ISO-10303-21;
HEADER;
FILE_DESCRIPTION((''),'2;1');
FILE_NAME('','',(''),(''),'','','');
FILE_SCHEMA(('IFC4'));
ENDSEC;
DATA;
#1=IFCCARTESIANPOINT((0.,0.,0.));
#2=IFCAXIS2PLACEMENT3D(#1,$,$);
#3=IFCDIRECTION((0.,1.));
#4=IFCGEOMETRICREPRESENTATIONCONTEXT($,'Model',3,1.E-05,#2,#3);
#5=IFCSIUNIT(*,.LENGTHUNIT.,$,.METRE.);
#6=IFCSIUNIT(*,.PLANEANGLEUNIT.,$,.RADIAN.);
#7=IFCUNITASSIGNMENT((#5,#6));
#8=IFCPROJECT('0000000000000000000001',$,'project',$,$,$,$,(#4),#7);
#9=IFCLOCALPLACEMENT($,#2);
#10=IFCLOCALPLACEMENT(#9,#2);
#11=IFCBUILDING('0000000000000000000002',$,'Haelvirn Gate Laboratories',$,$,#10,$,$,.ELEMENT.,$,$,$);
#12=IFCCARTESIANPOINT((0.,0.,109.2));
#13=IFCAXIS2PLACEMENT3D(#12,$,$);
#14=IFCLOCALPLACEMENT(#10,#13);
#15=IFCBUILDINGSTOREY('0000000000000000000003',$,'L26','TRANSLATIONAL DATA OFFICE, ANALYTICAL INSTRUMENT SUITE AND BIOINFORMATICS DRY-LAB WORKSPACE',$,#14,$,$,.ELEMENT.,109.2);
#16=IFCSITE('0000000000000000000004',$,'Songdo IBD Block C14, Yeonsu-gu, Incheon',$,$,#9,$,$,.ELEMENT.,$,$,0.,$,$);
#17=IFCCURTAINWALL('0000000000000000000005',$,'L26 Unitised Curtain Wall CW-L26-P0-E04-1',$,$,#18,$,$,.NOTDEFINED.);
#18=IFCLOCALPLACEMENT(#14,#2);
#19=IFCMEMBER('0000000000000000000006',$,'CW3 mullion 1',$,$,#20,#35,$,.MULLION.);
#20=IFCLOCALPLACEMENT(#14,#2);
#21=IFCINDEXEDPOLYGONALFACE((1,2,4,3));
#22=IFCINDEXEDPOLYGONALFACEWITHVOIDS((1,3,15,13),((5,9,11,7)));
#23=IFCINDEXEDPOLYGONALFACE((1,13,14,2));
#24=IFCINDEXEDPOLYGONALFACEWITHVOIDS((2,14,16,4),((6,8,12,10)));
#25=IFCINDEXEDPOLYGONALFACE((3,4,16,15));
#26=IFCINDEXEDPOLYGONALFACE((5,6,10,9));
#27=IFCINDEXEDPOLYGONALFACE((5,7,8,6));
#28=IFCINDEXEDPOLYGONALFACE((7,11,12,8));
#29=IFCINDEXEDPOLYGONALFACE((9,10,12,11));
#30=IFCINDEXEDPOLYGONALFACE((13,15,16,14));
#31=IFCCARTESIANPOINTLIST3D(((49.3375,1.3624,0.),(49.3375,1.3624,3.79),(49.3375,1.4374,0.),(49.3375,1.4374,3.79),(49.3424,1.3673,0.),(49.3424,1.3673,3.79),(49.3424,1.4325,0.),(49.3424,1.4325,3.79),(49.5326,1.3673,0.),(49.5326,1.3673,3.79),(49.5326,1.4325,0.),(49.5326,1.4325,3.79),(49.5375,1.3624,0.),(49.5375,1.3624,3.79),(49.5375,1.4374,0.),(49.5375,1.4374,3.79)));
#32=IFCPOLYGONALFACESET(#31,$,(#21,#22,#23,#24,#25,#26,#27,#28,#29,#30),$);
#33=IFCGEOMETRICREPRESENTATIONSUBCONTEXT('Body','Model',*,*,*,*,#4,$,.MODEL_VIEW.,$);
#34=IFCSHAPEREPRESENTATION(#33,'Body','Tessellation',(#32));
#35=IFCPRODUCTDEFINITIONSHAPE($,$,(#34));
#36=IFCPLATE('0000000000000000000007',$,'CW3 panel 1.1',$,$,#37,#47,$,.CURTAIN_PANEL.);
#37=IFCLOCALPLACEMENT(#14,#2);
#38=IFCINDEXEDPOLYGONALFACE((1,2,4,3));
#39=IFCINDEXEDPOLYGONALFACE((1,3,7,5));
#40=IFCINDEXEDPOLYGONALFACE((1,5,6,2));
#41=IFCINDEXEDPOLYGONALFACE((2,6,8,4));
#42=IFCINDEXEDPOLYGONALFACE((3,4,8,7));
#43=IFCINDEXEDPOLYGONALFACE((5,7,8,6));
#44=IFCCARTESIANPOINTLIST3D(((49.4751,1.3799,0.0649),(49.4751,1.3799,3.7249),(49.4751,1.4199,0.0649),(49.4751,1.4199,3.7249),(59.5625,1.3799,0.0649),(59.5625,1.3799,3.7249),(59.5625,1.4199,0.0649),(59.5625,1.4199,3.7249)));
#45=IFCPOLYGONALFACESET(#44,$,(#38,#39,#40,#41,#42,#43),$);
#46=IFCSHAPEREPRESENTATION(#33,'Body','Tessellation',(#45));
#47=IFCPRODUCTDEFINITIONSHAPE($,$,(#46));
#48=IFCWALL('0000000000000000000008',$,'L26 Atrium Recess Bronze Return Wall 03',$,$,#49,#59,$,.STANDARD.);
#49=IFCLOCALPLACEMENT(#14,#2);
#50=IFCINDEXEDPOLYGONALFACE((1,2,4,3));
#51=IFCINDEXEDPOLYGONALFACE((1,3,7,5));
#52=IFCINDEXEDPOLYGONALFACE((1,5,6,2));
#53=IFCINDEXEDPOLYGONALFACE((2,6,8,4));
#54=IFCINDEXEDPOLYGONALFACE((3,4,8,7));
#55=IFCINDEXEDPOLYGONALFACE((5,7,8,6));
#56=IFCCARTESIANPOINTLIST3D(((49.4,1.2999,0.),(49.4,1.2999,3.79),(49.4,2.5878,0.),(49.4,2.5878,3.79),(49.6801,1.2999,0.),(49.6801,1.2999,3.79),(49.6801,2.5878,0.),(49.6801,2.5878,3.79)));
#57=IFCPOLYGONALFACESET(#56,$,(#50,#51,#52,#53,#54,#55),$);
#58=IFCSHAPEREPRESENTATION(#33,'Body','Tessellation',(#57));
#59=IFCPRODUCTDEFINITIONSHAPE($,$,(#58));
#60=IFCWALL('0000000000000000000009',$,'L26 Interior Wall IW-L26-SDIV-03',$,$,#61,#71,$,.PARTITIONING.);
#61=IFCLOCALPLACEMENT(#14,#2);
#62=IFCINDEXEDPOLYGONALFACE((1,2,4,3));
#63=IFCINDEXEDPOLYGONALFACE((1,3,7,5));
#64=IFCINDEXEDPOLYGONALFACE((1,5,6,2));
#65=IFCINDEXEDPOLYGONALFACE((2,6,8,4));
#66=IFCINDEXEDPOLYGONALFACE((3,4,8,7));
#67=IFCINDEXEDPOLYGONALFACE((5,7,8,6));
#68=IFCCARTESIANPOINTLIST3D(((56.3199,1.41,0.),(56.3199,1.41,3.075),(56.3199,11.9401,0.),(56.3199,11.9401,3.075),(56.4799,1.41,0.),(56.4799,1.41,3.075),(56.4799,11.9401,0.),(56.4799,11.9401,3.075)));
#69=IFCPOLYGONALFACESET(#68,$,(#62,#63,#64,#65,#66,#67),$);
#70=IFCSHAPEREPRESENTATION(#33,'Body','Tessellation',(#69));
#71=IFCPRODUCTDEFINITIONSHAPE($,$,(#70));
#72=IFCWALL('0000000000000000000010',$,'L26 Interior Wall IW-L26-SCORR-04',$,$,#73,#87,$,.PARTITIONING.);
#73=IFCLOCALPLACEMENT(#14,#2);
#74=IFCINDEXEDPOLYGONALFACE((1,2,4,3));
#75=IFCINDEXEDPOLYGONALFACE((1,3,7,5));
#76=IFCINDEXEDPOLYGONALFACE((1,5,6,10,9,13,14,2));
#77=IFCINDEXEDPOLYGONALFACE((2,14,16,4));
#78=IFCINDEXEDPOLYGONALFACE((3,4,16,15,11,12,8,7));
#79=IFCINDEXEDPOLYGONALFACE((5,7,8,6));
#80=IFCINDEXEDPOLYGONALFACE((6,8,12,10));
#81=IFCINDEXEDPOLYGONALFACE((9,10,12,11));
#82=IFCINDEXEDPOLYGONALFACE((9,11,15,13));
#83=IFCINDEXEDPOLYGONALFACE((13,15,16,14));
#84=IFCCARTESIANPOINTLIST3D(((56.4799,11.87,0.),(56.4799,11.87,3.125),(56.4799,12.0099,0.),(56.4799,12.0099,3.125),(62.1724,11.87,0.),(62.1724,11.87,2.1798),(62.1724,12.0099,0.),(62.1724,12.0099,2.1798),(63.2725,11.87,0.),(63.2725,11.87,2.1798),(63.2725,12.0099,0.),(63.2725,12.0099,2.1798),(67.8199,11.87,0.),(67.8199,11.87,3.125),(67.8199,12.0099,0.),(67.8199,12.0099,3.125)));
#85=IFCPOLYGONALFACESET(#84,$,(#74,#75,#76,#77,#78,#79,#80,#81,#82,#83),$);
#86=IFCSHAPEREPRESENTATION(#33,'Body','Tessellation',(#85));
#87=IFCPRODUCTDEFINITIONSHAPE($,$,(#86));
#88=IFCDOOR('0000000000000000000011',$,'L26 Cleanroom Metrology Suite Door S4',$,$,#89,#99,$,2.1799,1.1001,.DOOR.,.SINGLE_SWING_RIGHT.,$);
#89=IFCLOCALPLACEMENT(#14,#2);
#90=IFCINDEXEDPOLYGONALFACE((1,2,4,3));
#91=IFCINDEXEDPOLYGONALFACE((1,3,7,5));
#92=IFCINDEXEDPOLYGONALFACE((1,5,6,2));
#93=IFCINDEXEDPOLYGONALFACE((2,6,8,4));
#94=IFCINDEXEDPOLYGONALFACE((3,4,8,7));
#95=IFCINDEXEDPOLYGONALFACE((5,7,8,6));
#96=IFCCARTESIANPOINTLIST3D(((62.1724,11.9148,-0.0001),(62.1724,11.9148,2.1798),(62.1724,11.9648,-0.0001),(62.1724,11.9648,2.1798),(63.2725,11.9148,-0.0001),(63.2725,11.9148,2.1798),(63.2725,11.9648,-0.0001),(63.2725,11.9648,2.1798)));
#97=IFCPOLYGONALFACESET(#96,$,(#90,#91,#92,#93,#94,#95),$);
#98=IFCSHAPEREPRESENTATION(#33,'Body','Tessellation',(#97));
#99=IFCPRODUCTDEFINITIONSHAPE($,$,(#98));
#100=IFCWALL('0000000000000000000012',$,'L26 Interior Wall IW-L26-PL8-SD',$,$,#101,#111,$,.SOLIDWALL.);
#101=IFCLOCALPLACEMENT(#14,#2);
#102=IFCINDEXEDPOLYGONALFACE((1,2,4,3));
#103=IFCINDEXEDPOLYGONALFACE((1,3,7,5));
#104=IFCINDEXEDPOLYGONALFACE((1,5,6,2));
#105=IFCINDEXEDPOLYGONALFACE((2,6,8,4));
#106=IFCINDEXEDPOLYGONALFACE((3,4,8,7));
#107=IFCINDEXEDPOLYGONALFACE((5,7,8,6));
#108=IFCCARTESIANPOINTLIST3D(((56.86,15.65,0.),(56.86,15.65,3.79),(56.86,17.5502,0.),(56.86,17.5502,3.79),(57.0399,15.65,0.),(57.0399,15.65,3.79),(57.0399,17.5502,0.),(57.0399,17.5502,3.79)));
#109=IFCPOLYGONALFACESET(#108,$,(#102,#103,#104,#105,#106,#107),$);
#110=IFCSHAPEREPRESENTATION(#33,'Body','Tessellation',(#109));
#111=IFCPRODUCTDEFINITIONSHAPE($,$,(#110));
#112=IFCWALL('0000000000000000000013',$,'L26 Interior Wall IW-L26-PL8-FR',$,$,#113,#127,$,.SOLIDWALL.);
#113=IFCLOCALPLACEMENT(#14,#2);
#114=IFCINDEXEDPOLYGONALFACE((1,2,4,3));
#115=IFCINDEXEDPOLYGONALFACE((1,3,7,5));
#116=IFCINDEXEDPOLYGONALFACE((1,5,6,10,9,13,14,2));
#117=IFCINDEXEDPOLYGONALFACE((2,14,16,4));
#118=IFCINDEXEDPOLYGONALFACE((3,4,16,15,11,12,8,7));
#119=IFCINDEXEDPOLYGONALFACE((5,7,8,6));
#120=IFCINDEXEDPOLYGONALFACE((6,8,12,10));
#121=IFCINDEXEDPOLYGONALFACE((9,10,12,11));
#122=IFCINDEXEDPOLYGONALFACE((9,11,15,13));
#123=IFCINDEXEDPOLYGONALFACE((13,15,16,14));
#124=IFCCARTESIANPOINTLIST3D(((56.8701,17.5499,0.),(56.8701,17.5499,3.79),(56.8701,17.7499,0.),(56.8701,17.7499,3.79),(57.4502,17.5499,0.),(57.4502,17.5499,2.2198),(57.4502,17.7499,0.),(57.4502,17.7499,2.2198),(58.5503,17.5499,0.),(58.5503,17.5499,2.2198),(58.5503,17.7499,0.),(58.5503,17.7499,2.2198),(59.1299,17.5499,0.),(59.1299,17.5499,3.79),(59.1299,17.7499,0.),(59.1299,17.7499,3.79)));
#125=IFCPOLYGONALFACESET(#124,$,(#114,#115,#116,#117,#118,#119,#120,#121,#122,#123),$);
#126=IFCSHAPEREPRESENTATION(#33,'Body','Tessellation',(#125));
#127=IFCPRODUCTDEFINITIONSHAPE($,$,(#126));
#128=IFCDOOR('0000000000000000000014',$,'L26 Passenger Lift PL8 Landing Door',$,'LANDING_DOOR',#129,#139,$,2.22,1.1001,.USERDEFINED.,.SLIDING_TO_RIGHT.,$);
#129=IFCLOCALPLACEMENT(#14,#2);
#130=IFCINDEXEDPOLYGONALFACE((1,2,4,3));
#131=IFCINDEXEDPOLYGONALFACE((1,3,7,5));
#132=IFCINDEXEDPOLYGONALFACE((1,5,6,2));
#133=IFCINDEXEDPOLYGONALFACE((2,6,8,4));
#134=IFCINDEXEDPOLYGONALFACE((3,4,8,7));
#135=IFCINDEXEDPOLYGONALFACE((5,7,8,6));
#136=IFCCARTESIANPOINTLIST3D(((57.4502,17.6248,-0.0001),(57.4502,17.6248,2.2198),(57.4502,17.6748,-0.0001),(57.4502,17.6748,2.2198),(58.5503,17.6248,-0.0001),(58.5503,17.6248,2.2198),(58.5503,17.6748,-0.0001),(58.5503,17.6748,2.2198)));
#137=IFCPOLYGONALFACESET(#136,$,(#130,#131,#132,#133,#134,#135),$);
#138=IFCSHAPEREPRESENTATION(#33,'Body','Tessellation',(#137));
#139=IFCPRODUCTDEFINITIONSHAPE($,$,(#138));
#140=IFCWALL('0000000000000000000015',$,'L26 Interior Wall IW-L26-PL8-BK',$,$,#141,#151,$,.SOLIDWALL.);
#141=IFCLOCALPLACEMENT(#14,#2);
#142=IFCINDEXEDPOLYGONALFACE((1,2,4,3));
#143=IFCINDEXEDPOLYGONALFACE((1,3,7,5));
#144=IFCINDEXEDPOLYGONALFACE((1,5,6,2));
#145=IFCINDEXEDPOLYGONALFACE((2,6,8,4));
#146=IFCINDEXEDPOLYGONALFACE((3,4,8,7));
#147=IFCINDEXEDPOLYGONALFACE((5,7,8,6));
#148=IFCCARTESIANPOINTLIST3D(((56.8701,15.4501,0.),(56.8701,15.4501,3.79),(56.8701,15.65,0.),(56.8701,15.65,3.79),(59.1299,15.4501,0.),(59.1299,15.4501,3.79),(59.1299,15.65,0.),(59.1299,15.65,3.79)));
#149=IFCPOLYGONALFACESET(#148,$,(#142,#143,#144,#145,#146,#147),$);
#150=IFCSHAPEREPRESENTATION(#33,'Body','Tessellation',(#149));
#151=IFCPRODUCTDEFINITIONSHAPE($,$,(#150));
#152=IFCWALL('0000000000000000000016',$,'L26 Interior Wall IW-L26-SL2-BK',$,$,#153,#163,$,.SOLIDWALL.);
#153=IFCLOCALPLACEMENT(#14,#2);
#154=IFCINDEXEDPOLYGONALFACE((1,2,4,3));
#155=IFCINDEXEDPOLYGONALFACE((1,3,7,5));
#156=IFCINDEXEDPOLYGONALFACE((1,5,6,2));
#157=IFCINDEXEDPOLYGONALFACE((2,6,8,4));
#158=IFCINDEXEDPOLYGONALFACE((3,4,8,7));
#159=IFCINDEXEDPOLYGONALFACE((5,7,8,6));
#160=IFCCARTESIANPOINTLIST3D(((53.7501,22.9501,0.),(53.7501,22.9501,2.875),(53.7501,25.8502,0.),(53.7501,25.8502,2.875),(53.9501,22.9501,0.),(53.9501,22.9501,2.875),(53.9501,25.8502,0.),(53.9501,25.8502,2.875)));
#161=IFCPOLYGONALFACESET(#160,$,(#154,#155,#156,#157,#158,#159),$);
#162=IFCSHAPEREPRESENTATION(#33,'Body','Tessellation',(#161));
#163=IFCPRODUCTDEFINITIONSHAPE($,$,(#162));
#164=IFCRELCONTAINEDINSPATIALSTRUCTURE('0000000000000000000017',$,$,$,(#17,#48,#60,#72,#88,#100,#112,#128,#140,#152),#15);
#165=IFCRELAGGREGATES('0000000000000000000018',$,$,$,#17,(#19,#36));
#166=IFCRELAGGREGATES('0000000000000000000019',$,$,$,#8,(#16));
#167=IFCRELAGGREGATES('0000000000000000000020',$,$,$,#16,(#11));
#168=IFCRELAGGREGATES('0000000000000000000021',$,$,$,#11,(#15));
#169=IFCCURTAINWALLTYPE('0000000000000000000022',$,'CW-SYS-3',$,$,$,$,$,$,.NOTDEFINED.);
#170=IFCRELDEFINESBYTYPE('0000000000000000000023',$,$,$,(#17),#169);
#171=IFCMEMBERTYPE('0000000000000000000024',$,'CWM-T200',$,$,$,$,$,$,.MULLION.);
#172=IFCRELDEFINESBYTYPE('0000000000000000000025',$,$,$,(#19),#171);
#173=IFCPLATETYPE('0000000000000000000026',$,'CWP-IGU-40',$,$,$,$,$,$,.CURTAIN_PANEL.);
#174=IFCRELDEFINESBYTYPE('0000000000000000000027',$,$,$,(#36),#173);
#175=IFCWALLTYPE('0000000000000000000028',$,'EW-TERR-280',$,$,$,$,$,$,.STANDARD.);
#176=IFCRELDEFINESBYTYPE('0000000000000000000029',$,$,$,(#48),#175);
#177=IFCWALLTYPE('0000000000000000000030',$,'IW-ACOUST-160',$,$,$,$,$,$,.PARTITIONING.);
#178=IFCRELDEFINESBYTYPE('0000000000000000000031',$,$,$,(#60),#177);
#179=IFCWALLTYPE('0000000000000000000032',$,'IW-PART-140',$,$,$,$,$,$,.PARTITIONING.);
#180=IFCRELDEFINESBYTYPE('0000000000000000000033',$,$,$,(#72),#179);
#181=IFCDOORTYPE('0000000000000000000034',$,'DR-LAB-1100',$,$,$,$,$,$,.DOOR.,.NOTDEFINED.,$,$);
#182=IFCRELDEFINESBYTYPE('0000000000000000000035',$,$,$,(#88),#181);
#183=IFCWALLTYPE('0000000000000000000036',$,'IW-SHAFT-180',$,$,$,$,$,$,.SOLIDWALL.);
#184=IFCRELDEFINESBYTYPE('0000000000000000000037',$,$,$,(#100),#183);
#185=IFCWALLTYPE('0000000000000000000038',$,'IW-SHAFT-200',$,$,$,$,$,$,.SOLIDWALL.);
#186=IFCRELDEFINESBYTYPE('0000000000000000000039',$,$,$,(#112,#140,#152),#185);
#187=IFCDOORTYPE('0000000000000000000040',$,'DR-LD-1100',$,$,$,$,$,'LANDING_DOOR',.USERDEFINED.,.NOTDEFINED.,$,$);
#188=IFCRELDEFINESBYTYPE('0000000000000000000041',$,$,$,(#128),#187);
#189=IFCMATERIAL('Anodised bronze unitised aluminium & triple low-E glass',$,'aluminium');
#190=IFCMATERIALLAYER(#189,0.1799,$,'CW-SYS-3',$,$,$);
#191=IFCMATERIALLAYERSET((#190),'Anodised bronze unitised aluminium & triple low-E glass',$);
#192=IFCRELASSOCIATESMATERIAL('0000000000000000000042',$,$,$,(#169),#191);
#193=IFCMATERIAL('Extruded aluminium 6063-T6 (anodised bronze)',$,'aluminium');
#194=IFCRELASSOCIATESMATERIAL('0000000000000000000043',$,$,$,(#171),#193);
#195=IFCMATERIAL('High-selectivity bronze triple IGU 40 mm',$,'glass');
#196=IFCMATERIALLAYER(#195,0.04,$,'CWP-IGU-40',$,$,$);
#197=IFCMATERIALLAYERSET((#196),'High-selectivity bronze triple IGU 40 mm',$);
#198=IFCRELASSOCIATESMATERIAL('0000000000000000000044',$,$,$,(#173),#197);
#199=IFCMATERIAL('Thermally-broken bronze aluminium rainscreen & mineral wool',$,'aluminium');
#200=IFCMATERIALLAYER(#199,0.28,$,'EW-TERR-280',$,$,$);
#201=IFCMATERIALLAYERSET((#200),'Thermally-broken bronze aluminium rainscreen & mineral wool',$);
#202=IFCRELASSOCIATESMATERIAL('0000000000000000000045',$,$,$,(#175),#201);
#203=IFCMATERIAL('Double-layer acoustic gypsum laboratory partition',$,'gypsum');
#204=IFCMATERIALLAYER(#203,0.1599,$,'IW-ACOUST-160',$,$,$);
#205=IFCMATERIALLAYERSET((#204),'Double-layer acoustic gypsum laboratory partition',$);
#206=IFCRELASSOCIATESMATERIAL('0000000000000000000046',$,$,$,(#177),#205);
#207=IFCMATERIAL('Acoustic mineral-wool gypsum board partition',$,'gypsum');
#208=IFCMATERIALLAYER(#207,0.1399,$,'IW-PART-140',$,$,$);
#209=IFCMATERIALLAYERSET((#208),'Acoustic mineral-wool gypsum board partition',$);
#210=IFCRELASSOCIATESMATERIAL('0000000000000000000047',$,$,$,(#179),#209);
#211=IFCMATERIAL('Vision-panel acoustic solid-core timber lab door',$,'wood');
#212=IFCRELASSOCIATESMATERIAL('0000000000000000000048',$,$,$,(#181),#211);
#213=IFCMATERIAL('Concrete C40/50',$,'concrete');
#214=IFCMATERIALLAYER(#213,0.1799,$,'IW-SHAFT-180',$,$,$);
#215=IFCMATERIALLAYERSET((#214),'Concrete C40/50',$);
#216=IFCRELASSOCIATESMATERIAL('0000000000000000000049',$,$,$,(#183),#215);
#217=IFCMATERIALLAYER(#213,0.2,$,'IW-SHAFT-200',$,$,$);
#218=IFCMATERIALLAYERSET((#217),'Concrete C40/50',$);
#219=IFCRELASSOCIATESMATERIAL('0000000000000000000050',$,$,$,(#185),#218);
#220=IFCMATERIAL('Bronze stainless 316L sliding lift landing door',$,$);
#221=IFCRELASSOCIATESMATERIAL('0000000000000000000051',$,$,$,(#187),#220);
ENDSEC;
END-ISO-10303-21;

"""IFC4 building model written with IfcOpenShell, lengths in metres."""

from ifc_helpers import new_model, si_unit, direction, frame, frame_2d, origin, origin_2d, place, context, subcontext, project, spatial, rectangle, hollow_rectangle, extrude, source, transform, mapped, material, layer, layer_set, material_profile, profile_set, type_object, type_shapes, element, fill, aggregate, save


model = new_model("IFC4")

# Units and contexts
model_context = context("Model", 3, precision=1e-05, world=origin(), true_north=direction((0.0, 1.0)))
body_context = subcontext(model_context, "Body", "Model", "MODEL_VIEW")
ifc_project = project(units=[si_unit("LENGTHUNIT", "METRE"), si_unit("PLANEANGLEUNIT", "RADIAN")], contexts=[model_context])

# Site, building, storey
site_placement = place(None, origin())
site = spatial("IfcSite", under=ifc_project, at=site_placement, Name="Songdo IBD Block C14, Yeonsu-gu, Incheon", CompositionType="ELEMENT", RefElevation=0.0)
building_placement = place(site_placement, origin())
building = spatial("IfcBuilding", under=site, at=building_placement, Name="Haelvirn Gate Laboratories", CompositionType="ELEMENT")
storey_placement = place(building_placement, frame((0.0, 0.0, 109.2)))
storey = spatial("IfcBuildingStorey", under=building, at=storey_placement, Name="L26", Description="TRANSLATIONAL DATA OFFICE, ANALYTICAL INSTRUMENT SUITE AND BIOINFORMATICS DRY-LAB WORKSPACE", CompositionType="ELEMENT", Elevation=109.2)

# Curtain wall
ifc_material_1 = material(Name="Anodised bronze unitised aluminium & triple low-E glass", Category="aluminium")
ifc_layer_1 = layer(ifc_material_1, 0.1799, Name="CW-SYS-3")
ifc_layer_set_1 = layer_set([ifc_layer_1], Name="Anodised bronze unitised aluminium & triple low-E glass")
curtain_wall_type = type_object("IfcCurtainWallType", Name="CW-SYS-3", PredefinedType="NOTDEFINED", material=ifc_layer_set_1)
curtain_wall_1_placement = place(storey_placement, origin())
curtain_wall_1 = element("IfcCurtainWall", 1, at=curtain_wall_1_placement, inside=storey, type_object=curtain_wall_type, Name="L26 Unitised Curtain Wall CW-L26-P0-E04-1", PredefinedType="NOTDEFINED")
ifc_material_2 = material(Name="Extruded aluminium 6063-T6 (anodised bronze)", Category="aluminium")

# Shared definitions
ifc_material_profile_1 = material_profile(ifc_material_2, hollow_rectangle(XDim=0.075, YDim=0.2, WallThickness=0.0049, at=origin_2d()), Name="CWM-200x75x5")
ifc_profile_set_1 = profile_set([ifc_material_profile_1], Name="Extruded aluminium 6063-T6 (anodised bronze)")
member_type_1 = type_object("IfcMemberType", Name="CWM-T200", PredefinedType="MULLION", material=ifc_profile_set_1)
shared_shape_1 = source(origin(), body_context, "Body", "SweptSolid", [
    extrude(hollow_rectangle(XDim=0.075, YDim=0.2, WallThickness=0.0049, at=origin_2d()), origin(), (0.0, 0.0, 1.0), 3.79),
])
type_shapes(member_type_1, [shared_shape_1])

# Member
member_1_placement = place(storey_placement, frame((49.4375, 1.3999, 0.0), z_axis=(0.0, 0.0, 1.0), x_axis=(0.0, 1.0, 0.0)))
member_1 = element("IfcMember", 2, at=member_1_placement, type_object=member_type_1, Name="CW3 mullion 1", PredefinedType="MULLION", context=body_context, shape_type="MappedRepresentation", body=[
    mapped(shared_shape_1, transform((0.0, 0.0, 0.0), scale=1.0)),
])

# Plate
ifc_material_3 = material(Name="High-selectivity bronze triple IGU 40 mm", Category="glass")
ifc_layer_2 = layer(ifc_material_3, 0.04, Name="CWP-IGU-40")
ifc_layer_set_2 = layer_set([ifc_layer_2], Name="High-selectivity bronze triple IGU 40 mm")
plate_type = type_object("IfcPlateType", Name="CWP-IGU-40", PredefinedType="CURTAIN_PANEL", material=ifc_layer_set_2)
shared_shape_2 = source(origin(), body_context, "Body", "SweptSolid", [
    extrude(rectangle(XDim=10.0874, YDim=0.04, at=origin_2d()), origin(), (0.0, 0.0, 1.0), 3.6599),
])
type_shapes(plate_type, [shared_shape_2])
plate_placement = place(storey_placement, frame((54.5188, 1.3999, 0.0649), z_axis=(0.0, 0.0, 1.0), x_axis=(1.0, 0.0, 0.0)))
plate = element("IfcPlate", 3, at=plate_placement, type_object=plate_type, Name="CW3 panel 1.1", PredefinedType="CURTAIN_PANEL", context=body_context, shape_type="MappedRepresentation", body=[
    mapped(shared_shape_2, transform((0.0, 0.0, 0.0), scale=1.0)),
])
aggregate(curtain_wall_1, [member_1, plate])

# Walls
ifc_material_4 = material(Name="Thermally-broken bronze aluminium rainscreen & mineral wool", Category="aluminium")
ifc_layer_3 = layer(ifc_material_4, 0.28, Name="EW-TERR-280")
ifc_layer_set_3 = layer_set([ifc_layer_3], Name="Thermally-broken bronze aluminium rainscreen & mineral wool")
wall_type_1 = type_object("IfcWallType", Name="EW-TERR-280", PredefinedType="STANDARD", material=ifc_layer_set_3)
wall_1_placement = place(storey_placement, frame((49.54, 2.5879, 0.0), z_axis=(0.0, 0.0, 1.0), x_axis=(0.0, -1.0, 0.0)))
element("IfcWall", 4, at=wall_1_placement, inside=storey, type_object=wall_type_1, Name="L26 Atrium Recess Bronze Return Wall 03", PredefinedType="STANDARD", context=body_context, shape_type="SweptSolid", body=[
    extrude(rectangle(XDim=1.2878, YDim=0.28, at=frame_2d((0.644, 0.0))), origin(), (0.0, 0.0, 1.0), 3.79),
])
ifc_material_5 = material(Name="Double-layer acoustic gypsum laboratory partition", Category="gypsum")
ifc_layer_4 = layer(ifc_material_5, 0.1599, Name="IW-ACOUST-160")
ifc_layer_set_4 = layer_set([ifc_layer_4], Name="Double-layer acoustic gypsum laboratory partition")
wall_type_2 = type_object("IfcWallType", Name="IW-ACOUST-160", PredefinedType="PARTITIONING", material=ifc_layer_set_4)
wall_2_placement = place(storey_placement, frame((56.3999, 1.4099, 0.0), z_axis=(0.0, 0.0, 1.0), x_axis=(0.0, 1.0, 0.0)))
element("IfcWall", 5, at=wall_2_placement, inside=storey, type_object=wall_type_2, Name="L26 Interior Wall IW-L26-SDIV-03", PredefinedType="PARTITIONING", context=body_context, shape_type="SweptSolid", body=[
    extrude(rectangle(XDim=10.53, YDim=0.1599, at=frame_2d((5.2651, 0.0))), origin(), (0.0, 0.0, 1.0), 3.075),
])

# Wall, opening, door
ifc_material_6 = material(Name="Acoustic mineral-wool gypsum board partition", Category="gypsum")
ifc_layer_5 = layer(ifc_material_6, 0.1399, Name="IW-PART-140")
ifc_layer_set_5 = layer_set([ifc_layer_5], Name="Acoustic mineral-wool gypsum board partition")
wall_type_3 = type_object("IfcWallType", Name="IW-PART-140", PredefinedType="PARTITIONING", material=ifc_layer_set_5)
wall_3_placement = place(storey_placement, frame((56.48, 11.9399, 0.0), z_axis=(0.0, 0.0, 1.0), x_axis=(1.0, 0.0, 0.0)))
wall_3 = element("IfcWall", 6, at=wall_3_placement, inside=storey, type_object=wall_type_3, Name="L26 Interior Wall IW-L26-SCORR-04", PredefinedType="PARTITIONING", context=body_context, shape_type="SweptSolid", body=[
    extrude(rectangle(XDim=11.3401, YDim=0.1399, at=frame_2d((5.6699, 0.0))), origin(), (0.0, 0.0, 1.0), 3.125),
])
opening_1_placement = place(wall_3_placement, frame((5.6924, 0.0, 0.0)))
opening_1 = element("IfcOpeningElement", 7, at=opening_1_placement, cuts=wall_3, PredefinedType="OPENING", context=body_context, shape_type="SweptSolid", body=[
    extrude(rectangle(XDim=1.1001, YDim=2.1799, at=frame_2d((0.55, 1.0898))), frame((0.0, 0.0801, 0.0), z_axis=(0.0, -1.0, 0.0), x_axis=(1.0, 0.0, 0.0)), (0.0, 0.0, 1.0), 0.1599),
])
ifc_material_7 = material(Name="Vision-panel acoustic solid-core timber lab door", Category="wood")
door_type_1 = type_object("IfcDoorType", Name="DR-LAB-1100", OperationType="NOTDEFINED", PredefinedType="DOOR", material=ifc_material_7)
shared_shape_3 = source(origin(), body_context, "Body", "SweptSolid", [
    extrude(rectangle(XDim=1.1001, YDim=2.1799, at=frame_2d((0.55, 1.0898))), frame((0.0, 0.0249, 0.0), z_axis=(0.0, -1.0, 0.0), x_axis=(1.0, 0.0, 0.0)), (0.0, 0.0, 1.0), 0.05),
])
type_shapes(door_type_1, [shared_shape_3])
door_1_placement = place(opening_1_placement, origin())
door_1 = element("IfcDoor", 8, at=door_1_placement, inside=storey, type_object=door_type_1, Name="L26 Cleanroom Metrology Suite Door S4", OperationType="SINGLE_SWING_RIGHT", OverallHeight=2.1799, OverallWidth=1.1001, PredefinedType="DOOR", context=body_context, shape_type="MappedRepresentation", body=[
    mapped(shared_shape_3, transform((0.0, 0.0, 0.0), scale=1.0)),
])
fill(opening_1, door_1)

# Wall
ifc_material_8 = material(Name="Concrete C40/50", Category="concrete")
ifc_layer_6 = layer(ifc_material_8, 0.1799, Name="IW-SHAFT-180")
ifc_layer_set_6 = layer_set([ifc_layer_6], Name="Concrete C40/50")
wall_type_4 = type_object("IfcWallType", Name="IW-SHAFT-180", PredefinedType="SOLIDWALL", material=ifc_layer_set_6)
wall_4_placement = place(storey_placement, frame((56.95, 15.6499, 0.0), z_axis=(0.0, 0.0, 1.0), x_axis=(0.0, 1.0, 0.0)))
element("IfcWall", 9, at=wall_4_placement, inside=storey, type_object=wall_type_4, Name="L26 Interior Wall IW-L26-PL8-SD", PredefinedType="SOLIDWALL", context=body_context, shape_type="SweptSolid", body=[
    extrude(rectangle(XDim=1.9001, YDim=0.1799, at=frame_2d((0.9502, 0.0))), origin(), (0.0, 0.0, 1.0), 3.79),
])

# Wall, opening, door
ifc_layer_7 = layer(ifc_material_8, 0.2, Name="IW-SHAFT-200")
ifc_layer_set_7 = layer_set([ifc_layer_7], Name="Concrete C40/50")
wall_type_5 = type_object("IfcWallType", Name="IW-SHAFT-200", PredefinedType="SOLIDWALL", material=ifc_layer_set_7)
wall_5_placement = place(storey_placement, frame((56.8701, 17.6499, 0.0), z_axis=(0.0, 0.0, 1.0), x_axis=(1.0, 0.0, 0.0)))
wall_5 = element("IfcWall", 10, at=wall_5_placement, inside=storey, type_object=wall_type_5, Name="L26 Interior Wall IW-L26-PL8-FR", PredefinedType="SOLIDWALL", context=body_context, shape_type="SweptSolid", body=[
    extrude(rectangle(XDim=2.2598, YDim=0.2, at=frame_2d((1.1299, 0.0))), origin(), (0.0, 0.0, 1.0), 3.79),
])
opening_2_placement = place(wall_5_placement, frame((0.5801, 0.0, 0.0)))
opening_2 = element("IfcOpeningElement", 11, at=opening_2_placement, cuts=wall_5, PredefinedType="OPENING", context=body_context, shape_type="SweptSolid", body=[
    extrude(rectangle(XDim=1.1001, YDim=2.22, at=frame_2d((0.55, 1.1099))), frame((0.0, 0.1099, 0.0), z_axis=(0.0, -1.0, 0.0), x_axis=(1.0, 0.0, 0.0)), (0.0, 0.0, 1.0), 0.22),
])
ifc_material_9 = material(Name="Bronze stainless 316L sliding lift landing door")
door_type_2 = type_object("IfcDoorType", Name="DR-LD-1100", ElementType="LANDING_DOOR", OperationType="NOTDEFINED", PredefinedType="USERDEFINED", material=ifc_material_9)
shared_shape_4 = source(origin(), body_context, "Body", "SweptSolid", [
    extrude(rectangle(XDim=1.1001, YDim=2.22, at=frame_2d((0.55, 1.1099))), frame((0.0, 0.0249, 0.0), z_axis=(0.0, -1.0, 0.0), x_axis=(1.0, 0.0, 0.0)), (0.0, 0.0, 1.0), 0.05),
])
type_shapes(door_type_2, [shared_shape_4])
door_2_placement = place(opening_2_placement, origin())
door_2 = element("IfcDoor", 12, at=door_2_placement, inside=storey, type_object=door_type_2, Name="L26 Passenger Lift PL8 Landing Door", ObjectType="LANDING_DOOR", OperationType="SLIDING_TO_RIGHT", OverallHeight=2.22, OverallWidth=1.1001, PredefinedType="USERDEFINED", context=body_context, shape_type="MappedRepresentation", body=[
    mapped(shared_shape_4, transform((0.0, 0.0, 0.0), scale=1.0)),
])
fill(opening_2, door_2)

# Walls
wall_6_placement = place(storey_placement, frame((56.8701, 15.55, 0.0), z_axis=(0.0, 0.0, 1.0), x_axis=(1.0, 0.0, 0.0)))
element("IfcWall", 13, at=wall_6_placement, inside=storey, type_object=wall_type_5, Name="L26 Interior Wall IW-L26-PL8-BK", PredefinedType="SOLIDWALL", context=body_context, shape_type="SweptSolid", body=[
    extrude(rectangle(XDim=2.2598, YDim=0.2, at=frame_2d((1.1299, 0.0))), origin(), (0.0, 0.0, 1.0), 3.79),
])
wall_7_placement = place(storey_placement, frame((53.8501, 22.95, 0.0), z_axis=(0.0, 0.0, 1.0), x_axis=(0.0, 1.0, 0.0)))
element("IfcWall", 14, at=wall_7_placement, inside=storey, type_object=wall_type_5, Name="L26 Interior Wall IW-L26-SL2-BK", PredefinedType="SOLIDWALL", context=body_context, shape_type="SweptSolid", body=[
    extrude(rectangle(XDim=2.9001, YDim=0.2, at=frame_2d((1.4502, 0.0))), origin(), (0.0, 0.0, 1.0), 2.875),
])

save(model, "model.ifc")
